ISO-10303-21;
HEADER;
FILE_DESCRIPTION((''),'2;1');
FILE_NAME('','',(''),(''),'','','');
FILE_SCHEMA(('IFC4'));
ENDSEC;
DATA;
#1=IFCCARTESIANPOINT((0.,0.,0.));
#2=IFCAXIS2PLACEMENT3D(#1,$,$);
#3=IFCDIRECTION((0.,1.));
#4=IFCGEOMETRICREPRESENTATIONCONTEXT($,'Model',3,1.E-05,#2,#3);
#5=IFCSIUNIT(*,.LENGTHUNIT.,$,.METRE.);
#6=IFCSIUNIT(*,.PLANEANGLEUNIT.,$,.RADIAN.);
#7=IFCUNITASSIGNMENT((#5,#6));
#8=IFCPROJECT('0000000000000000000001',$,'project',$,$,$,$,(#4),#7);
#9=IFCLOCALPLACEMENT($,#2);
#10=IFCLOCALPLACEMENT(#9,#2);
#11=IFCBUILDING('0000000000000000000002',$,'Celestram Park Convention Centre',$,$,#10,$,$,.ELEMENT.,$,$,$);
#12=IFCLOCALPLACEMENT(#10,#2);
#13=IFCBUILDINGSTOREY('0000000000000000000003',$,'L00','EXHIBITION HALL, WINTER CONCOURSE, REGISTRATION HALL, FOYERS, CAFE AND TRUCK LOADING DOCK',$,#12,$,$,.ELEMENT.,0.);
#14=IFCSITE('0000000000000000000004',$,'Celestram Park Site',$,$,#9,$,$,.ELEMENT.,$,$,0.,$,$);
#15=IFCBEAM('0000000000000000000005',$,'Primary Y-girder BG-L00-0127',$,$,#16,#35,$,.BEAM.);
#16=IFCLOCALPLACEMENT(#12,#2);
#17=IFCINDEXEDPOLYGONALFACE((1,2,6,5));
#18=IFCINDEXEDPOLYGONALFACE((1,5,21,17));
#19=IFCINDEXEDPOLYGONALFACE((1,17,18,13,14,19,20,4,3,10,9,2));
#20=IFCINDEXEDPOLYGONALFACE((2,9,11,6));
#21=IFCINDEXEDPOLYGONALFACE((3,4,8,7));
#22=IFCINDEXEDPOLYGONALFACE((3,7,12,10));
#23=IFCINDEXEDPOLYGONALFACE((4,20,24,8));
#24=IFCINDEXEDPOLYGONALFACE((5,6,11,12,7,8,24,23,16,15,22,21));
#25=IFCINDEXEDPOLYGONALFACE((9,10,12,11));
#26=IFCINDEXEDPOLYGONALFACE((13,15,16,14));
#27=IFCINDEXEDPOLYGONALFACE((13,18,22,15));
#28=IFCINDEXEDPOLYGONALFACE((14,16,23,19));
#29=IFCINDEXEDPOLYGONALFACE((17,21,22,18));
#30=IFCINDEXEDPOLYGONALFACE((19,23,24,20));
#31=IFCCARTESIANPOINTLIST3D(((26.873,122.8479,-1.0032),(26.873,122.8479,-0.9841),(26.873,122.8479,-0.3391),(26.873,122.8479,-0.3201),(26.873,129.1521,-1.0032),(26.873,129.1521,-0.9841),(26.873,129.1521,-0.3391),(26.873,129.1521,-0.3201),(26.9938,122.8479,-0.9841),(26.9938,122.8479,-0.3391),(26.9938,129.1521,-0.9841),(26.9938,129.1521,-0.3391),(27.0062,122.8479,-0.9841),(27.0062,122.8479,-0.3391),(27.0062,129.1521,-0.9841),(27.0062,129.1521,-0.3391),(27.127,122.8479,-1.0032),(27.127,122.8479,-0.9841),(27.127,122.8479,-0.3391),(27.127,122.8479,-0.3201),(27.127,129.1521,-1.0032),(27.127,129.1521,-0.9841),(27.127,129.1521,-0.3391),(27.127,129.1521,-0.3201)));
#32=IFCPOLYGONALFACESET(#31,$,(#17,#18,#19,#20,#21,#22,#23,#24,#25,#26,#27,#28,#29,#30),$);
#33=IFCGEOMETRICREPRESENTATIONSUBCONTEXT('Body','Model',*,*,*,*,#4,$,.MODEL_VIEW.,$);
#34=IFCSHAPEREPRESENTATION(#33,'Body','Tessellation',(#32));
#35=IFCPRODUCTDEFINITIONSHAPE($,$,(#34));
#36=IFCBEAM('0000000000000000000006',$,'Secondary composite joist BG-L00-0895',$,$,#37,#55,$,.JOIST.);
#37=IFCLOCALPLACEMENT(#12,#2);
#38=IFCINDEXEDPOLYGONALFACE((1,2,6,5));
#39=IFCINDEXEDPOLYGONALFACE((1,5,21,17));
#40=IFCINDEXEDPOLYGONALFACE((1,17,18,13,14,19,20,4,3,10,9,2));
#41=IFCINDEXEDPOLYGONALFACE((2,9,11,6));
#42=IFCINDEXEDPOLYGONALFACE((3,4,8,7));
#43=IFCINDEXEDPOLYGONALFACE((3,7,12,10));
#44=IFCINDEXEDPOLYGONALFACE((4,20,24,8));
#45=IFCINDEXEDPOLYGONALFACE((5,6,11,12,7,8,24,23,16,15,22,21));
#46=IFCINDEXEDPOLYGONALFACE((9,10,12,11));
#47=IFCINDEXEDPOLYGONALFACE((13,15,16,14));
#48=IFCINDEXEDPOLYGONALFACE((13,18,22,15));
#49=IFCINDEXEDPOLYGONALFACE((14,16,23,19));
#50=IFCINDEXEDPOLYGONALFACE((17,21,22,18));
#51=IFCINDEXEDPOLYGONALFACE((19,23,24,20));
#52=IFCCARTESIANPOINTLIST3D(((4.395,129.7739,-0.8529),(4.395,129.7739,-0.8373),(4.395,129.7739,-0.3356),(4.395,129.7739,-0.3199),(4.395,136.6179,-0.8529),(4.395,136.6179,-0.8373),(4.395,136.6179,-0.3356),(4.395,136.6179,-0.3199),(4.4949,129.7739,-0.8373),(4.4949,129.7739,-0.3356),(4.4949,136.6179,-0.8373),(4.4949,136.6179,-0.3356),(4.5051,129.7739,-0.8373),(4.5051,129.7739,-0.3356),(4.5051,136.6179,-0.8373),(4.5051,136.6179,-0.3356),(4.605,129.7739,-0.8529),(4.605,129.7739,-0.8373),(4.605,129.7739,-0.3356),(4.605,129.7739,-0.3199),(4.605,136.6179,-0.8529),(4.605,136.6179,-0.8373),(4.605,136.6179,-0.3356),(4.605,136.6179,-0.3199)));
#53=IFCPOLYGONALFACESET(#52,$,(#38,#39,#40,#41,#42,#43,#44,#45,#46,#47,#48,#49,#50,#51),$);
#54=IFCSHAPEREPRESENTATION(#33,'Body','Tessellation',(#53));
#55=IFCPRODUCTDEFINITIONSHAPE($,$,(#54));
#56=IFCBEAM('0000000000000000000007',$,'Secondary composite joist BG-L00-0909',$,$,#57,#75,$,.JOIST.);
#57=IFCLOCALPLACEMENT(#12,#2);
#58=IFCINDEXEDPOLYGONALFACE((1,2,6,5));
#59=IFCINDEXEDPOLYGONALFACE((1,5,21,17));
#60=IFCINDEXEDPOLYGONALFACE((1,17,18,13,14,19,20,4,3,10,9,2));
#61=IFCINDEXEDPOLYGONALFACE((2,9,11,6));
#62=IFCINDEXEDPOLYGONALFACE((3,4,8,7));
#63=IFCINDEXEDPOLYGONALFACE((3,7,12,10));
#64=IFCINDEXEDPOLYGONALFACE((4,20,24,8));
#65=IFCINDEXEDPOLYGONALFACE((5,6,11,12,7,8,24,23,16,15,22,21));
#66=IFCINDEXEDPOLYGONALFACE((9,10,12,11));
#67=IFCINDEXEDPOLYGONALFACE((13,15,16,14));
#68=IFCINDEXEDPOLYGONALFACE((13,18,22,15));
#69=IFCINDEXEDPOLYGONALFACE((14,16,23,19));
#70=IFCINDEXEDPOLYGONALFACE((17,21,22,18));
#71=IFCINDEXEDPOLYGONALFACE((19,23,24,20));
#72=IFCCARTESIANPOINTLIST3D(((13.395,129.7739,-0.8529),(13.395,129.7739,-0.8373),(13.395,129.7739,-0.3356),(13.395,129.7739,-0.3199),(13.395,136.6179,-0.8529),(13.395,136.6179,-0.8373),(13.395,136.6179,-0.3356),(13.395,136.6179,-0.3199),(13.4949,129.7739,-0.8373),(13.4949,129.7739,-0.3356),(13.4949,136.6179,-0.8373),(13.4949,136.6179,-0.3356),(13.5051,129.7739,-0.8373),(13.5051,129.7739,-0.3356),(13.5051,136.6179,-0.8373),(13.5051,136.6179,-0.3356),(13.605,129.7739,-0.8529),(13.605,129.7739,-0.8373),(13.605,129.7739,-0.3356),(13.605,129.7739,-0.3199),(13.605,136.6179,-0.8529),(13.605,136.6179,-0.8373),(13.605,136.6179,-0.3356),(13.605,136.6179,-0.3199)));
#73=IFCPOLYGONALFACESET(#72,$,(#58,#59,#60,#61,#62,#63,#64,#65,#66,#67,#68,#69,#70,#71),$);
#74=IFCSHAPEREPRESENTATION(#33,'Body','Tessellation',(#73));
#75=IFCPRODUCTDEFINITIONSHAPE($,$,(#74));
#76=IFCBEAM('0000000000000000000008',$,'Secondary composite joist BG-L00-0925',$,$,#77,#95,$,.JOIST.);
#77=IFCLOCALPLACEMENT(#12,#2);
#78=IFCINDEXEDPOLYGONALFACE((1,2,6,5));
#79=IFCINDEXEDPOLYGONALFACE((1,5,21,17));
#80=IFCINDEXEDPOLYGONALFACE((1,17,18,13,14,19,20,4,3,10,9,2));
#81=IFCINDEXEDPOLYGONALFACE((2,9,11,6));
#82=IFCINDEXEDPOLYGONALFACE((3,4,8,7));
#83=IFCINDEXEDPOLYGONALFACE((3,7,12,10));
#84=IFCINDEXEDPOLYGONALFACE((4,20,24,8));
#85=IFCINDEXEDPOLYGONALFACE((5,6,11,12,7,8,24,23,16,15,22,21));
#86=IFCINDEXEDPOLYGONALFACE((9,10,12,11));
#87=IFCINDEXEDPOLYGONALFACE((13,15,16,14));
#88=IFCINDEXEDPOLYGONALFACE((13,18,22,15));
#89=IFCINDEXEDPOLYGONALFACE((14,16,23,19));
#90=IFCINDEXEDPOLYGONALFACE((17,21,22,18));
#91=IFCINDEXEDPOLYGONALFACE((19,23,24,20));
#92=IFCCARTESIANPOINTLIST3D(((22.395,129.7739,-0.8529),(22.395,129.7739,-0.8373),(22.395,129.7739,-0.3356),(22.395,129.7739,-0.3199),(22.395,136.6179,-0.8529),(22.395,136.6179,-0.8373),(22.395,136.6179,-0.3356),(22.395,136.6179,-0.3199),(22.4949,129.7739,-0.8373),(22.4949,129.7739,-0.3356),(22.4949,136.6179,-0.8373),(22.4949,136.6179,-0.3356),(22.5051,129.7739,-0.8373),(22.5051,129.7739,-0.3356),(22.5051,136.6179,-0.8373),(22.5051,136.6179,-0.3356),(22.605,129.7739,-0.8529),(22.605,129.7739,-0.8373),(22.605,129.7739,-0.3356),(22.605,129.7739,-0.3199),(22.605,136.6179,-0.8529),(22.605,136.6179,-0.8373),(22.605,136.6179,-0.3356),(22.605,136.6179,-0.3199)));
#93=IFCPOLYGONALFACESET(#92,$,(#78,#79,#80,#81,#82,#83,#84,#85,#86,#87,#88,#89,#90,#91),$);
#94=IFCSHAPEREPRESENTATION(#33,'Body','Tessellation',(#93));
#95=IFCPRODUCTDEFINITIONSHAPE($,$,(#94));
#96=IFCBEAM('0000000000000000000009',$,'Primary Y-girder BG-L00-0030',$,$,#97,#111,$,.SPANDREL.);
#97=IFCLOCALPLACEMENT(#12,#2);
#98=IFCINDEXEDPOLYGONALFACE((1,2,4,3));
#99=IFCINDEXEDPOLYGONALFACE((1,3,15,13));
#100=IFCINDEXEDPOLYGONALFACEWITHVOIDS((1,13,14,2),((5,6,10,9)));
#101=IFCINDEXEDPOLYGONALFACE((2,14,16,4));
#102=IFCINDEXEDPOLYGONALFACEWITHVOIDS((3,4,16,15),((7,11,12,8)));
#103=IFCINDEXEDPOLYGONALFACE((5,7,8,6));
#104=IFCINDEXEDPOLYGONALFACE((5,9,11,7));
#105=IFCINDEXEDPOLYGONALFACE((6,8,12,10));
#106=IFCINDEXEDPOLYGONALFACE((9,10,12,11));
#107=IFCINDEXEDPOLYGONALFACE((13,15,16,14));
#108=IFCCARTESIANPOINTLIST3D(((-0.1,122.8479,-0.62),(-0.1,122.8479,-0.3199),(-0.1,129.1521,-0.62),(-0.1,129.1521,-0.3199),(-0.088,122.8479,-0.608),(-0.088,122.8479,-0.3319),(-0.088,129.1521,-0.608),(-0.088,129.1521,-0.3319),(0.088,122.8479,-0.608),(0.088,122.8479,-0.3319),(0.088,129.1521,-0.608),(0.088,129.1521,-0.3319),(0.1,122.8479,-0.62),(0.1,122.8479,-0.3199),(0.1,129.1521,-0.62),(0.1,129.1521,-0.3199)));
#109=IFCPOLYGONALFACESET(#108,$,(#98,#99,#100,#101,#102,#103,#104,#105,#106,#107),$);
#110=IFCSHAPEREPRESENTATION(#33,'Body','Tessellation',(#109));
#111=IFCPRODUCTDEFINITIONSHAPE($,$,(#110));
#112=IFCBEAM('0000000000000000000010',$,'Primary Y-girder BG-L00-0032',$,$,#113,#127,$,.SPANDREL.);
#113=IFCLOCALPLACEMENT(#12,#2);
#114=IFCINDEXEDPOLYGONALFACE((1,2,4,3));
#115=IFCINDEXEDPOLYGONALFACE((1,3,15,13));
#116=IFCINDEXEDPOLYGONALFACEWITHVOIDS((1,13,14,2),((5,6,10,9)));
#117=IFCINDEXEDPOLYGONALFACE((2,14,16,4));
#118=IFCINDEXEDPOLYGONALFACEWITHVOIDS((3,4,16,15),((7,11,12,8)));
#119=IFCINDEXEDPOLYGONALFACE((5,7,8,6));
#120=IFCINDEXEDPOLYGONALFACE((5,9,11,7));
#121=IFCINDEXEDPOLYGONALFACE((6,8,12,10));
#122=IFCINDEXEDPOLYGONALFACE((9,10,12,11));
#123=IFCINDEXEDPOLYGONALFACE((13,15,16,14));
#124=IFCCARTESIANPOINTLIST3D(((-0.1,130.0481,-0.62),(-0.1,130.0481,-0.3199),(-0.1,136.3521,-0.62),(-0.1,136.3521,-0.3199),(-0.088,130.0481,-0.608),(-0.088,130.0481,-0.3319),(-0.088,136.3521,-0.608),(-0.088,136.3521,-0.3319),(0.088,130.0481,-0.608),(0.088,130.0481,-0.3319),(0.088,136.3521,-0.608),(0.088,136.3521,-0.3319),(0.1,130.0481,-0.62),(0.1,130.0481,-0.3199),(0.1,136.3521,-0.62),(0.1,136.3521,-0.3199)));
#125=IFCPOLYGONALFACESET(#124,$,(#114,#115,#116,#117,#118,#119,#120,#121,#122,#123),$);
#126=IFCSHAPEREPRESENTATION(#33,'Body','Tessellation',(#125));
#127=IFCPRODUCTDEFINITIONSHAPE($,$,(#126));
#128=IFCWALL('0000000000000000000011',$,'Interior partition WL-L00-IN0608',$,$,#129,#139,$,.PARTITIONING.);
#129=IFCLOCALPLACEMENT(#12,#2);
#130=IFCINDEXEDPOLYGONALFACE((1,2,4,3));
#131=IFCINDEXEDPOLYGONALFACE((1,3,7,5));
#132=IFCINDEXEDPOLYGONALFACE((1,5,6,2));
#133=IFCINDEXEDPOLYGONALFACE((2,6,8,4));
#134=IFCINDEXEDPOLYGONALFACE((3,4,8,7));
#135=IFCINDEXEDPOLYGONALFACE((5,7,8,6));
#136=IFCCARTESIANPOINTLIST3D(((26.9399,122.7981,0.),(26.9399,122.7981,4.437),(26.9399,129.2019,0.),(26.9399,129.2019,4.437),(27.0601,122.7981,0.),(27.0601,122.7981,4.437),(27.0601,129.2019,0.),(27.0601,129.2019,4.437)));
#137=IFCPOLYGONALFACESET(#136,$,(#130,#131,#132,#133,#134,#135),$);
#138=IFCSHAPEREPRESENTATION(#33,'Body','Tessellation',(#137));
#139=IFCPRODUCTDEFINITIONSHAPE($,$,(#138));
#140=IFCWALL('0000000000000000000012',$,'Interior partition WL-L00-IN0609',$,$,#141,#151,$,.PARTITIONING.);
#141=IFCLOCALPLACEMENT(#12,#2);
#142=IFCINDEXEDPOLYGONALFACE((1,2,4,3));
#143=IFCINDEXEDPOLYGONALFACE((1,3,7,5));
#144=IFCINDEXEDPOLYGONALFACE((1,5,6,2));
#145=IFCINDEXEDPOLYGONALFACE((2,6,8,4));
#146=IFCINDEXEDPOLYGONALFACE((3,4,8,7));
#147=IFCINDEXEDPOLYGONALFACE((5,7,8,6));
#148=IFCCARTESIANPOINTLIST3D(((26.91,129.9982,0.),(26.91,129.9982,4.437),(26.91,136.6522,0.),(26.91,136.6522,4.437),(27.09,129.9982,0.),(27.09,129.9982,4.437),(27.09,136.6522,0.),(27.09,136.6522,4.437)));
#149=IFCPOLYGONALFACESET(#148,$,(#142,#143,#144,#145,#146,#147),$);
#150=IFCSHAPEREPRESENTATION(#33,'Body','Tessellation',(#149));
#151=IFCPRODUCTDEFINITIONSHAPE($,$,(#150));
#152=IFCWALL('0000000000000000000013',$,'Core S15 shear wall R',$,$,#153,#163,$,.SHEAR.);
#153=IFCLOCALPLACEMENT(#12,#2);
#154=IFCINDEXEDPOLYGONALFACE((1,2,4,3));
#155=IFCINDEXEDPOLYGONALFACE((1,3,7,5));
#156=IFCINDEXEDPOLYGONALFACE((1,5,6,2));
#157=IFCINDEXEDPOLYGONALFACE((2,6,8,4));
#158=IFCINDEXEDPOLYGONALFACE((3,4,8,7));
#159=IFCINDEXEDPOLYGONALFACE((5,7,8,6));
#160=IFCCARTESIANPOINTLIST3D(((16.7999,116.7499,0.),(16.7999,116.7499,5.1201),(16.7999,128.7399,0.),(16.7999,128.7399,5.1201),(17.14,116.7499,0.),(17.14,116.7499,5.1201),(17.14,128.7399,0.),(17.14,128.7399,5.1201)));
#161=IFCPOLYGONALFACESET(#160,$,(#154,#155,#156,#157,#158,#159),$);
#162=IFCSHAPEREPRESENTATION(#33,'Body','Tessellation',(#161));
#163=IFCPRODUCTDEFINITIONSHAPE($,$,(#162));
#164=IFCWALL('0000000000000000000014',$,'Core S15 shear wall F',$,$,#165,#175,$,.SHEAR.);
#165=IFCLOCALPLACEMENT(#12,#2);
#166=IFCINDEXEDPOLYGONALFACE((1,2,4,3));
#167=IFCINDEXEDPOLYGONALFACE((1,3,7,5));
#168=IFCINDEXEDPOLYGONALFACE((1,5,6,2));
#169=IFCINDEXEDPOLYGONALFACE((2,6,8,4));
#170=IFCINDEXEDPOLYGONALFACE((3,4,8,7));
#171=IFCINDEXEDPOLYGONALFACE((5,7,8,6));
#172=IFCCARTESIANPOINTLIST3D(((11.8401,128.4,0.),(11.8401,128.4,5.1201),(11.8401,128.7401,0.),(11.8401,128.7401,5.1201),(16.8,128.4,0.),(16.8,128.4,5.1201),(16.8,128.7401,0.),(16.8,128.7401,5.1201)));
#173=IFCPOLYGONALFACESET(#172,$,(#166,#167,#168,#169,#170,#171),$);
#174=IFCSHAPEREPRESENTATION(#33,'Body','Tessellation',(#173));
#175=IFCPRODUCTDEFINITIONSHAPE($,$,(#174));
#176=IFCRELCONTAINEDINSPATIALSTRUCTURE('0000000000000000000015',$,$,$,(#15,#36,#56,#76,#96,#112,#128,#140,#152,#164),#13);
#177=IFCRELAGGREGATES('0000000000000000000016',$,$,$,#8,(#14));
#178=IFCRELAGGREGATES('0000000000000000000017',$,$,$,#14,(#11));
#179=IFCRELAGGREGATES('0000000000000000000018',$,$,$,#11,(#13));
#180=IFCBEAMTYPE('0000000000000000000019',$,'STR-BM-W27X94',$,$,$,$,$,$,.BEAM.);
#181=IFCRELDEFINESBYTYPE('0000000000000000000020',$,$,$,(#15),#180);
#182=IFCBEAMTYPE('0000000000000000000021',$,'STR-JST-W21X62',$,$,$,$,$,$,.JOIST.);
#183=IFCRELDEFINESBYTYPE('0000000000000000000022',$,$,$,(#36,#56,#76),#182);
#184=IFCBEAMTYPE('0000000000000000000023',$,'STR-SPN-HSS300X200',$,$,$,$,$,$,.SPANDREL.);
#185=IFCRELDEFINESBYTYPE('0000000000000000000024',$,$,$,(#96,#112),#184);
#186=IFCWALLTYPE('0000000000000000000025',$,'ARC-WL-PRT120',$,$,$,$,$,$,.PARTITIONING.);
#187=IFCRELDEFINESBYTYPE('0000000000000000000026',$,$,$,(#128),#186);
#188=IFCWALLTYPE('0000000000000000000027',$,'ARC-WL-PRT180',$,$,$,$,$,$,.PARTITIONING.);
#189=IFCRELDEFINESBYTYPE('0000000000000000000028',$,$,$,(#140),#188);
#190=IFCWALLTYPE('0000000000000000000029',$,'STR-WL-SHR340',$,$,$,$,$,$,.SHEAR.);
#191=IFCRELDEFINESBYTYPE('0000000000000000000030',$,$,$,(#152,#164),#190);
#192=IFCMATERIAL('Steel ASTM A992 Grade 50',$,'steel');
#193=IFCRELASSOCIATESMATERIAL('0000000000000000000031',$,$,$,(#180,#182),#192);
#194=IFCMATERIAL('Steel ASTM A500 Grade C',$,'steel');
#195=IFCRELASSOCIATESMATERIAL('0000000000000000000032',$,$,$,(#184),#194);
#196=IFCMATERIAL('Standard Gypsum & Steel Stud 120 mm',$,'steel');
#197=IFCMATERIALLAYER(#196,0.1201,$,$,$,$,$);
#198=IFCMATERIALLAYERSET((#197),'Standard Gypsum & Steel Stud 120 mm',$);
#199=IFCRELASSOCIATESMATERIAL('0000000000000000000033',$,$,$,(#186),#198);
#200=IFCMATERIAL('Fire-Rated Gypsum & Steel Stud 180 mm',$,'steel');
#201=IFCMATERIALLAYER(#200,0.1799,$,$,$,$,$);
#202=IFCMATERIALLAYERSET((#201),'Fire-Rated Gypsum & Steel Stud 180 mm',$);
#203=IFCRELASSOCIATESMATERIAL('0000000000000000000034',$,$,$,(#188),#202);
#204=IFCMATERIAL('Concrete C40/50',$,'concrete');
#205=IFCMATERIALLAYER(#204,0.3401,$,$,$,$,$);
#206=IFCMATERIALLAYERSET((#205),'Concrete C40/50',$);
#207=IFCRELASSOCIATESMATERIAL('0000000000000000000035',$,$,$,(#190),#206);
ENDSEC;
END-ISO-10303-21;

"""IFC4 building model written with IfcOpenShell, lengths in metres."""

from ifc_helpers import new_model, si_unit, direction, frame, frame_2d, origin, origin_2d, place, context, subcontext, project, spatial, rectangle, hollow_rectangle, i_section, extrude, material, layer, layer_set, material_profile, profile_set, type_object, element, save


model = new_model("IFC4")

# Units and contexts
model_context = context("Model", 3, precision=1e-05, world=origin(), true_north=direction((0.0, 1.0)))
body_context = subcontext(model_context, "Body", "Model", "MODEL_VIEW")
ifc_project = project(units=[si_unit("LENGTHUNIT", "METRE"), si_unit("PLANEANGLEUNIT", "RADIAN")], contexts=[model_context])

# Site, building, storey
site_placement = place(None, origin())
site = spatial("IfcSite", under=ifc_project, at=site_placement, Name="Celestram Park Site", CompositionType="ELEMENT", RefElevation=0.0)
building_placement = place(site_placement, origin())
building = spatial("IfcBuilding", under=site, at=building_placement, Name="Celestram Park Convention Centre", CompositionType="ELEMENT")
storey_placement = place(building_placement, origin())
storey = spatial("IfcBuildingStorey", under=building, at=storey_placement, Name="L00", Description="EXHIBITION HALL, WINTER CONCOURSE, REGISTRATION HALL, FOYERS, CAFE AND TRUCK LOADING DOCK", CompositionType="ELEMENT", Elevation=0.0)

# Shared definitions
ifc_material_1 = material(Name="Concrete C40/50", Category="concrete")

# Beams
ifc_material_2 = material(Name="Steel ASTM A992 Grade 50", Category="steel")
ifc_material_profile_1 = material_profile(ifc_material_2, i_section(OverallWidth=0.2539, OverallDepth=0.6831, WebThickness=0.0125, FlangeThickness=0.019, at=origin_2d()), Name="W27X94")
ifc_profile_set_1 = profile_set([ifc_material_profile_1], Name="Steel ASTM A992 Grade 50")
beam_type_1 = type_object("IfcBeamType", Name="STR-BM-W27X94", PredefinedType="BEAM", material=ifc_profile_set_1)
beam_1_placement = place(storey_placement, frame((27.0, 122.8479, -0.6616), z_axis=(0.0, 1.0, 0.0), x_axis=(-1.0, 0.0, 0.0)))
element("IfcBeam", 1, at=beam_1_placement, inside=storey, type_object=beam_type_1, Name="Primary Y-girder BG-L00-0127", PredefinedType="BEAM", context=body_context, shape_type="SweptSolid", body=[
    extrude(i_section(OverallWidth=0.2539, OverallDepth=0.6831, WebThickness=0.0125, FlangeThickness=0.019, at=origin_2d()), origin(), (0.0, 0.0, 1.0), 6.3042),
])
ifc_material_profile_2 = material_profile(ifc_material_2, i_section(OverallWidth=0.21, OverallDepth=0.533, WebThickness=0.0103, FlangeThickness=0.0156, at=origin_2d()), Name="W21X62")
ifc_profile_set_2 = profile_set([ifc_material_profile_2], Name="Steel ASTM A992 Grade 50")
beam_type_2 = type_object("IfcBeamType", Name="STR-JST-W21X62", PredefinedType="JOIST", material=ifc_profile_set_2)
for number, where, z_axis, x_axis, name in (
    (2, (4.5, 129.7739, -0.5864), (0.0, 1.0, 0.0), (-1.0, 0.0, 0.0), "Secondary composite joist BG-L00-0895"),
    (3, (13.5, 129.7739, -0.5864), (0.0, 1.0, 0.0), (-1.0, 0.0, 0.0), "Secondary composite joist BG-L00-0909"),
    (4, (22.5, 129.7739, -0.5864), (0.0, 1.0, 0.0), (-1.0, 0.0, 0.0), "Secondary composite joist BG-L00-0925"),
):
    element("IfcBeam", number, at=place(storey_placement, frame(where, z_axis=z_axis, x_axis=x_axis)), inside=storey, type_object=beam_type_2, Name=name, PredefinedType="JOIST", context=body_context, shape_type="SweptSolid", body=[
        extrude(i_section(OverallWidth=0.21, OverallDepth=0.533, WebThickness=0.0103, FlangeThickness=0.0156, at=origin_2d()), origin(), (0.0, 0.0, 1.0), 6.844),
    ])
ifc_material_3 = material(Name="Steel ASTM A500 Grade C", Category="steel")
ifc_material_profile_3 = material_profile(ifc_material_3, hollow_rectangle(XDim=0.2, YDim=0.3, WallThickness=0.012, at=origin_2d()), Name="HSS300X200X12")
ifc_profile_set_3 = profile_set([ifc_material_profile_3], Name="Steel ASTM A500 Grade C")
beam_type_3 = type_object("IfcBeamType", Name="STR-SPN-HSS300X200", PredefinedType="SPANDREL", material=ifc_profile_set_3)
beam_2_placement = place(storey_placement, frame((0.0, 122.8479, -0.47), z_axis=(0.0, 1.0, 0.0), x_axis=(-1.0, 0.0, 0.0)))
element("IfcBeam", 5, at=beam_2_placement, inside=storey, type_object=beam_type_3, Name="Primary Y-girder BG-L00-0030", PredefinedType="SPANDREL", context=body_context, shape_type="SweptSolid", body=[
    extrude(hollow_rectangle(XDim=0.2, YDim=0.3, WallThickness=0.012, at=origin_2d()), origin(), (0.0, 0.0, 1.0), 6.3042),
])
beam_3_placement = place(storey_placement, frame((0.0, 130.0481, -0.47), z_axis=(0.0, 1.0, 0.0), x_axis=(-1.0, 0.0, 0.0)))
element("IfcBeam", 6, at=beam_3_placement, inside=storey, type_object=beam_type_3, Name="Primary Y-girder BG-L00-0032", PredefinedType="SPANDREL", context=body_context, shape_type="SweptSolid", body=[
    extrude(hollow_rectangle(XDim=0.2, YDim=0.3, WallThickness=0.012, at=origin_2d()), origin(), (0.0, 0.0, 1.0), 6.304),
])

# Walls
ifc_material_4 = material(Name="Standard Gypsum & Steel Stud 120 mm", Category="steel")
ifc_layer_1 = layer(ifc_material_4, 0.1201)
ifc_layer_set_1 = layer_set([ifc_layer_1], Name="Standard Gypsum & Steel Stud 120 mm")
wall_type_1 = type_object("IfcWallType", Name="ARC-WL-PRT120", PredefinedType="PARTITIONING", material=ifc_layer_set_1)
wall_1_placement = place(storey_placement, frame((27.0, 122.7981, 0.0), z_axis=(0.0, 0.0, 1.0), x_axis=(0.0, 1.0, 0.0)))
element("IfcWall", 7, at=wall_1_placement, inside=storey, type_object=wall_type_1, Name="Interior partition WL-L00-IN0608", PredefinedType="PARTITIONING", context=body_context, shape_type="SweptSolid", body=[
    extrude(rectangle(XDim=6.4038, YDim=0.1201, at=frame_2d((3.2019, 0.0))), origin(), (0.0, 0.0, 1.0), 4.437),
])
ifc_material_5 = material(Name="Fire-Rated Gypsum & Steel Stud 180 mm", Category="steel")
ifc_layer_2 = layer(ifc_material_5, 0.1799)
ifc_layer_set_2 = layer_set([ifc_layer_2], Name="Fire-Rated Gypsum & Steel Stud 180 mm")
wall_type_2 = type_object("IfcWallType", Name="ARC-WL-PRT180", PredefinedType="PARTITIONING", material=ifc_layer_set_2)
wall_2_placement = place(storey_placement, frame((27.0, 129.998, 0.0), z_axis=(0.0, 0.0, 1.0), x_axis=(0.0, 1.0, 0.0)))
element("IfcWall", 8, at=wall_2_placement, inside=storey, type_object=wall_type_2, Name="Interior partition WL-L00-IN0609", PredefinedType="PARTITIONING", context=body_context, shape_type="SweptSolid", body=[
    extrude(rectangle(XDim=6.6541, YDim=0.1799, at=frame_2d((3.3271, 0.0))), origin(), (0.0, 0.0, 1.0), 4.437),
])
ifc_layer_3 = layer(ifc_material_1, 0.3401)
ifc_layer_set_3 = layer_set([ifc_layer_3], Name="Concrete C40/50")
wall_type_3 = type_object("IfcWallType", Name="STR-WL-SHR340", PredefinedType="SHEAR", material=ifc_layer_set_3)
wall_3_placement = place(storey_placement, frame((16.97, 128.74, 0.0), z_axis=(0.0, 0.0, 1.0), x_axis=(0.0, -1.0, 0.0)))
element("IfcWall", 9, at=wall_3_placement, inside=storey, type_object=wall_type_3, Name="Core S15 shear wall R", PredefinedType="SHEAR", context=body_context, shape_type="SweptSolid", body=[
    extrude(rectangle(XDim=11.99, YDim=0.3401, at=frame_2d((5.9951, 0.0))), origin(), (0.0, 0.0, 1.0), 5.1201),
])
wall_4_placement = place(storey_placement, frame((11.8401, 128.5701, 0.0), z_axis=(0.0, 0.0, 1.0), x_axis=(1.0, 0.0, 0.0)))
element("IfcWall", 10, at=wall_4_placement, inside=storey, type_object=wall_type_3, Name="Core S15 shear wall F", PredefinedType="SHEAR", context=body_context, shape_type="SweptSolid", body=[
    extrude(rectangle(XDim=4.96, YDim=0.3401, at=frame_2d((2.48, 0.0))), origin(), (0.0, 0.0, 1.0), 5.1201),
])

save(model, "model.ifc")
